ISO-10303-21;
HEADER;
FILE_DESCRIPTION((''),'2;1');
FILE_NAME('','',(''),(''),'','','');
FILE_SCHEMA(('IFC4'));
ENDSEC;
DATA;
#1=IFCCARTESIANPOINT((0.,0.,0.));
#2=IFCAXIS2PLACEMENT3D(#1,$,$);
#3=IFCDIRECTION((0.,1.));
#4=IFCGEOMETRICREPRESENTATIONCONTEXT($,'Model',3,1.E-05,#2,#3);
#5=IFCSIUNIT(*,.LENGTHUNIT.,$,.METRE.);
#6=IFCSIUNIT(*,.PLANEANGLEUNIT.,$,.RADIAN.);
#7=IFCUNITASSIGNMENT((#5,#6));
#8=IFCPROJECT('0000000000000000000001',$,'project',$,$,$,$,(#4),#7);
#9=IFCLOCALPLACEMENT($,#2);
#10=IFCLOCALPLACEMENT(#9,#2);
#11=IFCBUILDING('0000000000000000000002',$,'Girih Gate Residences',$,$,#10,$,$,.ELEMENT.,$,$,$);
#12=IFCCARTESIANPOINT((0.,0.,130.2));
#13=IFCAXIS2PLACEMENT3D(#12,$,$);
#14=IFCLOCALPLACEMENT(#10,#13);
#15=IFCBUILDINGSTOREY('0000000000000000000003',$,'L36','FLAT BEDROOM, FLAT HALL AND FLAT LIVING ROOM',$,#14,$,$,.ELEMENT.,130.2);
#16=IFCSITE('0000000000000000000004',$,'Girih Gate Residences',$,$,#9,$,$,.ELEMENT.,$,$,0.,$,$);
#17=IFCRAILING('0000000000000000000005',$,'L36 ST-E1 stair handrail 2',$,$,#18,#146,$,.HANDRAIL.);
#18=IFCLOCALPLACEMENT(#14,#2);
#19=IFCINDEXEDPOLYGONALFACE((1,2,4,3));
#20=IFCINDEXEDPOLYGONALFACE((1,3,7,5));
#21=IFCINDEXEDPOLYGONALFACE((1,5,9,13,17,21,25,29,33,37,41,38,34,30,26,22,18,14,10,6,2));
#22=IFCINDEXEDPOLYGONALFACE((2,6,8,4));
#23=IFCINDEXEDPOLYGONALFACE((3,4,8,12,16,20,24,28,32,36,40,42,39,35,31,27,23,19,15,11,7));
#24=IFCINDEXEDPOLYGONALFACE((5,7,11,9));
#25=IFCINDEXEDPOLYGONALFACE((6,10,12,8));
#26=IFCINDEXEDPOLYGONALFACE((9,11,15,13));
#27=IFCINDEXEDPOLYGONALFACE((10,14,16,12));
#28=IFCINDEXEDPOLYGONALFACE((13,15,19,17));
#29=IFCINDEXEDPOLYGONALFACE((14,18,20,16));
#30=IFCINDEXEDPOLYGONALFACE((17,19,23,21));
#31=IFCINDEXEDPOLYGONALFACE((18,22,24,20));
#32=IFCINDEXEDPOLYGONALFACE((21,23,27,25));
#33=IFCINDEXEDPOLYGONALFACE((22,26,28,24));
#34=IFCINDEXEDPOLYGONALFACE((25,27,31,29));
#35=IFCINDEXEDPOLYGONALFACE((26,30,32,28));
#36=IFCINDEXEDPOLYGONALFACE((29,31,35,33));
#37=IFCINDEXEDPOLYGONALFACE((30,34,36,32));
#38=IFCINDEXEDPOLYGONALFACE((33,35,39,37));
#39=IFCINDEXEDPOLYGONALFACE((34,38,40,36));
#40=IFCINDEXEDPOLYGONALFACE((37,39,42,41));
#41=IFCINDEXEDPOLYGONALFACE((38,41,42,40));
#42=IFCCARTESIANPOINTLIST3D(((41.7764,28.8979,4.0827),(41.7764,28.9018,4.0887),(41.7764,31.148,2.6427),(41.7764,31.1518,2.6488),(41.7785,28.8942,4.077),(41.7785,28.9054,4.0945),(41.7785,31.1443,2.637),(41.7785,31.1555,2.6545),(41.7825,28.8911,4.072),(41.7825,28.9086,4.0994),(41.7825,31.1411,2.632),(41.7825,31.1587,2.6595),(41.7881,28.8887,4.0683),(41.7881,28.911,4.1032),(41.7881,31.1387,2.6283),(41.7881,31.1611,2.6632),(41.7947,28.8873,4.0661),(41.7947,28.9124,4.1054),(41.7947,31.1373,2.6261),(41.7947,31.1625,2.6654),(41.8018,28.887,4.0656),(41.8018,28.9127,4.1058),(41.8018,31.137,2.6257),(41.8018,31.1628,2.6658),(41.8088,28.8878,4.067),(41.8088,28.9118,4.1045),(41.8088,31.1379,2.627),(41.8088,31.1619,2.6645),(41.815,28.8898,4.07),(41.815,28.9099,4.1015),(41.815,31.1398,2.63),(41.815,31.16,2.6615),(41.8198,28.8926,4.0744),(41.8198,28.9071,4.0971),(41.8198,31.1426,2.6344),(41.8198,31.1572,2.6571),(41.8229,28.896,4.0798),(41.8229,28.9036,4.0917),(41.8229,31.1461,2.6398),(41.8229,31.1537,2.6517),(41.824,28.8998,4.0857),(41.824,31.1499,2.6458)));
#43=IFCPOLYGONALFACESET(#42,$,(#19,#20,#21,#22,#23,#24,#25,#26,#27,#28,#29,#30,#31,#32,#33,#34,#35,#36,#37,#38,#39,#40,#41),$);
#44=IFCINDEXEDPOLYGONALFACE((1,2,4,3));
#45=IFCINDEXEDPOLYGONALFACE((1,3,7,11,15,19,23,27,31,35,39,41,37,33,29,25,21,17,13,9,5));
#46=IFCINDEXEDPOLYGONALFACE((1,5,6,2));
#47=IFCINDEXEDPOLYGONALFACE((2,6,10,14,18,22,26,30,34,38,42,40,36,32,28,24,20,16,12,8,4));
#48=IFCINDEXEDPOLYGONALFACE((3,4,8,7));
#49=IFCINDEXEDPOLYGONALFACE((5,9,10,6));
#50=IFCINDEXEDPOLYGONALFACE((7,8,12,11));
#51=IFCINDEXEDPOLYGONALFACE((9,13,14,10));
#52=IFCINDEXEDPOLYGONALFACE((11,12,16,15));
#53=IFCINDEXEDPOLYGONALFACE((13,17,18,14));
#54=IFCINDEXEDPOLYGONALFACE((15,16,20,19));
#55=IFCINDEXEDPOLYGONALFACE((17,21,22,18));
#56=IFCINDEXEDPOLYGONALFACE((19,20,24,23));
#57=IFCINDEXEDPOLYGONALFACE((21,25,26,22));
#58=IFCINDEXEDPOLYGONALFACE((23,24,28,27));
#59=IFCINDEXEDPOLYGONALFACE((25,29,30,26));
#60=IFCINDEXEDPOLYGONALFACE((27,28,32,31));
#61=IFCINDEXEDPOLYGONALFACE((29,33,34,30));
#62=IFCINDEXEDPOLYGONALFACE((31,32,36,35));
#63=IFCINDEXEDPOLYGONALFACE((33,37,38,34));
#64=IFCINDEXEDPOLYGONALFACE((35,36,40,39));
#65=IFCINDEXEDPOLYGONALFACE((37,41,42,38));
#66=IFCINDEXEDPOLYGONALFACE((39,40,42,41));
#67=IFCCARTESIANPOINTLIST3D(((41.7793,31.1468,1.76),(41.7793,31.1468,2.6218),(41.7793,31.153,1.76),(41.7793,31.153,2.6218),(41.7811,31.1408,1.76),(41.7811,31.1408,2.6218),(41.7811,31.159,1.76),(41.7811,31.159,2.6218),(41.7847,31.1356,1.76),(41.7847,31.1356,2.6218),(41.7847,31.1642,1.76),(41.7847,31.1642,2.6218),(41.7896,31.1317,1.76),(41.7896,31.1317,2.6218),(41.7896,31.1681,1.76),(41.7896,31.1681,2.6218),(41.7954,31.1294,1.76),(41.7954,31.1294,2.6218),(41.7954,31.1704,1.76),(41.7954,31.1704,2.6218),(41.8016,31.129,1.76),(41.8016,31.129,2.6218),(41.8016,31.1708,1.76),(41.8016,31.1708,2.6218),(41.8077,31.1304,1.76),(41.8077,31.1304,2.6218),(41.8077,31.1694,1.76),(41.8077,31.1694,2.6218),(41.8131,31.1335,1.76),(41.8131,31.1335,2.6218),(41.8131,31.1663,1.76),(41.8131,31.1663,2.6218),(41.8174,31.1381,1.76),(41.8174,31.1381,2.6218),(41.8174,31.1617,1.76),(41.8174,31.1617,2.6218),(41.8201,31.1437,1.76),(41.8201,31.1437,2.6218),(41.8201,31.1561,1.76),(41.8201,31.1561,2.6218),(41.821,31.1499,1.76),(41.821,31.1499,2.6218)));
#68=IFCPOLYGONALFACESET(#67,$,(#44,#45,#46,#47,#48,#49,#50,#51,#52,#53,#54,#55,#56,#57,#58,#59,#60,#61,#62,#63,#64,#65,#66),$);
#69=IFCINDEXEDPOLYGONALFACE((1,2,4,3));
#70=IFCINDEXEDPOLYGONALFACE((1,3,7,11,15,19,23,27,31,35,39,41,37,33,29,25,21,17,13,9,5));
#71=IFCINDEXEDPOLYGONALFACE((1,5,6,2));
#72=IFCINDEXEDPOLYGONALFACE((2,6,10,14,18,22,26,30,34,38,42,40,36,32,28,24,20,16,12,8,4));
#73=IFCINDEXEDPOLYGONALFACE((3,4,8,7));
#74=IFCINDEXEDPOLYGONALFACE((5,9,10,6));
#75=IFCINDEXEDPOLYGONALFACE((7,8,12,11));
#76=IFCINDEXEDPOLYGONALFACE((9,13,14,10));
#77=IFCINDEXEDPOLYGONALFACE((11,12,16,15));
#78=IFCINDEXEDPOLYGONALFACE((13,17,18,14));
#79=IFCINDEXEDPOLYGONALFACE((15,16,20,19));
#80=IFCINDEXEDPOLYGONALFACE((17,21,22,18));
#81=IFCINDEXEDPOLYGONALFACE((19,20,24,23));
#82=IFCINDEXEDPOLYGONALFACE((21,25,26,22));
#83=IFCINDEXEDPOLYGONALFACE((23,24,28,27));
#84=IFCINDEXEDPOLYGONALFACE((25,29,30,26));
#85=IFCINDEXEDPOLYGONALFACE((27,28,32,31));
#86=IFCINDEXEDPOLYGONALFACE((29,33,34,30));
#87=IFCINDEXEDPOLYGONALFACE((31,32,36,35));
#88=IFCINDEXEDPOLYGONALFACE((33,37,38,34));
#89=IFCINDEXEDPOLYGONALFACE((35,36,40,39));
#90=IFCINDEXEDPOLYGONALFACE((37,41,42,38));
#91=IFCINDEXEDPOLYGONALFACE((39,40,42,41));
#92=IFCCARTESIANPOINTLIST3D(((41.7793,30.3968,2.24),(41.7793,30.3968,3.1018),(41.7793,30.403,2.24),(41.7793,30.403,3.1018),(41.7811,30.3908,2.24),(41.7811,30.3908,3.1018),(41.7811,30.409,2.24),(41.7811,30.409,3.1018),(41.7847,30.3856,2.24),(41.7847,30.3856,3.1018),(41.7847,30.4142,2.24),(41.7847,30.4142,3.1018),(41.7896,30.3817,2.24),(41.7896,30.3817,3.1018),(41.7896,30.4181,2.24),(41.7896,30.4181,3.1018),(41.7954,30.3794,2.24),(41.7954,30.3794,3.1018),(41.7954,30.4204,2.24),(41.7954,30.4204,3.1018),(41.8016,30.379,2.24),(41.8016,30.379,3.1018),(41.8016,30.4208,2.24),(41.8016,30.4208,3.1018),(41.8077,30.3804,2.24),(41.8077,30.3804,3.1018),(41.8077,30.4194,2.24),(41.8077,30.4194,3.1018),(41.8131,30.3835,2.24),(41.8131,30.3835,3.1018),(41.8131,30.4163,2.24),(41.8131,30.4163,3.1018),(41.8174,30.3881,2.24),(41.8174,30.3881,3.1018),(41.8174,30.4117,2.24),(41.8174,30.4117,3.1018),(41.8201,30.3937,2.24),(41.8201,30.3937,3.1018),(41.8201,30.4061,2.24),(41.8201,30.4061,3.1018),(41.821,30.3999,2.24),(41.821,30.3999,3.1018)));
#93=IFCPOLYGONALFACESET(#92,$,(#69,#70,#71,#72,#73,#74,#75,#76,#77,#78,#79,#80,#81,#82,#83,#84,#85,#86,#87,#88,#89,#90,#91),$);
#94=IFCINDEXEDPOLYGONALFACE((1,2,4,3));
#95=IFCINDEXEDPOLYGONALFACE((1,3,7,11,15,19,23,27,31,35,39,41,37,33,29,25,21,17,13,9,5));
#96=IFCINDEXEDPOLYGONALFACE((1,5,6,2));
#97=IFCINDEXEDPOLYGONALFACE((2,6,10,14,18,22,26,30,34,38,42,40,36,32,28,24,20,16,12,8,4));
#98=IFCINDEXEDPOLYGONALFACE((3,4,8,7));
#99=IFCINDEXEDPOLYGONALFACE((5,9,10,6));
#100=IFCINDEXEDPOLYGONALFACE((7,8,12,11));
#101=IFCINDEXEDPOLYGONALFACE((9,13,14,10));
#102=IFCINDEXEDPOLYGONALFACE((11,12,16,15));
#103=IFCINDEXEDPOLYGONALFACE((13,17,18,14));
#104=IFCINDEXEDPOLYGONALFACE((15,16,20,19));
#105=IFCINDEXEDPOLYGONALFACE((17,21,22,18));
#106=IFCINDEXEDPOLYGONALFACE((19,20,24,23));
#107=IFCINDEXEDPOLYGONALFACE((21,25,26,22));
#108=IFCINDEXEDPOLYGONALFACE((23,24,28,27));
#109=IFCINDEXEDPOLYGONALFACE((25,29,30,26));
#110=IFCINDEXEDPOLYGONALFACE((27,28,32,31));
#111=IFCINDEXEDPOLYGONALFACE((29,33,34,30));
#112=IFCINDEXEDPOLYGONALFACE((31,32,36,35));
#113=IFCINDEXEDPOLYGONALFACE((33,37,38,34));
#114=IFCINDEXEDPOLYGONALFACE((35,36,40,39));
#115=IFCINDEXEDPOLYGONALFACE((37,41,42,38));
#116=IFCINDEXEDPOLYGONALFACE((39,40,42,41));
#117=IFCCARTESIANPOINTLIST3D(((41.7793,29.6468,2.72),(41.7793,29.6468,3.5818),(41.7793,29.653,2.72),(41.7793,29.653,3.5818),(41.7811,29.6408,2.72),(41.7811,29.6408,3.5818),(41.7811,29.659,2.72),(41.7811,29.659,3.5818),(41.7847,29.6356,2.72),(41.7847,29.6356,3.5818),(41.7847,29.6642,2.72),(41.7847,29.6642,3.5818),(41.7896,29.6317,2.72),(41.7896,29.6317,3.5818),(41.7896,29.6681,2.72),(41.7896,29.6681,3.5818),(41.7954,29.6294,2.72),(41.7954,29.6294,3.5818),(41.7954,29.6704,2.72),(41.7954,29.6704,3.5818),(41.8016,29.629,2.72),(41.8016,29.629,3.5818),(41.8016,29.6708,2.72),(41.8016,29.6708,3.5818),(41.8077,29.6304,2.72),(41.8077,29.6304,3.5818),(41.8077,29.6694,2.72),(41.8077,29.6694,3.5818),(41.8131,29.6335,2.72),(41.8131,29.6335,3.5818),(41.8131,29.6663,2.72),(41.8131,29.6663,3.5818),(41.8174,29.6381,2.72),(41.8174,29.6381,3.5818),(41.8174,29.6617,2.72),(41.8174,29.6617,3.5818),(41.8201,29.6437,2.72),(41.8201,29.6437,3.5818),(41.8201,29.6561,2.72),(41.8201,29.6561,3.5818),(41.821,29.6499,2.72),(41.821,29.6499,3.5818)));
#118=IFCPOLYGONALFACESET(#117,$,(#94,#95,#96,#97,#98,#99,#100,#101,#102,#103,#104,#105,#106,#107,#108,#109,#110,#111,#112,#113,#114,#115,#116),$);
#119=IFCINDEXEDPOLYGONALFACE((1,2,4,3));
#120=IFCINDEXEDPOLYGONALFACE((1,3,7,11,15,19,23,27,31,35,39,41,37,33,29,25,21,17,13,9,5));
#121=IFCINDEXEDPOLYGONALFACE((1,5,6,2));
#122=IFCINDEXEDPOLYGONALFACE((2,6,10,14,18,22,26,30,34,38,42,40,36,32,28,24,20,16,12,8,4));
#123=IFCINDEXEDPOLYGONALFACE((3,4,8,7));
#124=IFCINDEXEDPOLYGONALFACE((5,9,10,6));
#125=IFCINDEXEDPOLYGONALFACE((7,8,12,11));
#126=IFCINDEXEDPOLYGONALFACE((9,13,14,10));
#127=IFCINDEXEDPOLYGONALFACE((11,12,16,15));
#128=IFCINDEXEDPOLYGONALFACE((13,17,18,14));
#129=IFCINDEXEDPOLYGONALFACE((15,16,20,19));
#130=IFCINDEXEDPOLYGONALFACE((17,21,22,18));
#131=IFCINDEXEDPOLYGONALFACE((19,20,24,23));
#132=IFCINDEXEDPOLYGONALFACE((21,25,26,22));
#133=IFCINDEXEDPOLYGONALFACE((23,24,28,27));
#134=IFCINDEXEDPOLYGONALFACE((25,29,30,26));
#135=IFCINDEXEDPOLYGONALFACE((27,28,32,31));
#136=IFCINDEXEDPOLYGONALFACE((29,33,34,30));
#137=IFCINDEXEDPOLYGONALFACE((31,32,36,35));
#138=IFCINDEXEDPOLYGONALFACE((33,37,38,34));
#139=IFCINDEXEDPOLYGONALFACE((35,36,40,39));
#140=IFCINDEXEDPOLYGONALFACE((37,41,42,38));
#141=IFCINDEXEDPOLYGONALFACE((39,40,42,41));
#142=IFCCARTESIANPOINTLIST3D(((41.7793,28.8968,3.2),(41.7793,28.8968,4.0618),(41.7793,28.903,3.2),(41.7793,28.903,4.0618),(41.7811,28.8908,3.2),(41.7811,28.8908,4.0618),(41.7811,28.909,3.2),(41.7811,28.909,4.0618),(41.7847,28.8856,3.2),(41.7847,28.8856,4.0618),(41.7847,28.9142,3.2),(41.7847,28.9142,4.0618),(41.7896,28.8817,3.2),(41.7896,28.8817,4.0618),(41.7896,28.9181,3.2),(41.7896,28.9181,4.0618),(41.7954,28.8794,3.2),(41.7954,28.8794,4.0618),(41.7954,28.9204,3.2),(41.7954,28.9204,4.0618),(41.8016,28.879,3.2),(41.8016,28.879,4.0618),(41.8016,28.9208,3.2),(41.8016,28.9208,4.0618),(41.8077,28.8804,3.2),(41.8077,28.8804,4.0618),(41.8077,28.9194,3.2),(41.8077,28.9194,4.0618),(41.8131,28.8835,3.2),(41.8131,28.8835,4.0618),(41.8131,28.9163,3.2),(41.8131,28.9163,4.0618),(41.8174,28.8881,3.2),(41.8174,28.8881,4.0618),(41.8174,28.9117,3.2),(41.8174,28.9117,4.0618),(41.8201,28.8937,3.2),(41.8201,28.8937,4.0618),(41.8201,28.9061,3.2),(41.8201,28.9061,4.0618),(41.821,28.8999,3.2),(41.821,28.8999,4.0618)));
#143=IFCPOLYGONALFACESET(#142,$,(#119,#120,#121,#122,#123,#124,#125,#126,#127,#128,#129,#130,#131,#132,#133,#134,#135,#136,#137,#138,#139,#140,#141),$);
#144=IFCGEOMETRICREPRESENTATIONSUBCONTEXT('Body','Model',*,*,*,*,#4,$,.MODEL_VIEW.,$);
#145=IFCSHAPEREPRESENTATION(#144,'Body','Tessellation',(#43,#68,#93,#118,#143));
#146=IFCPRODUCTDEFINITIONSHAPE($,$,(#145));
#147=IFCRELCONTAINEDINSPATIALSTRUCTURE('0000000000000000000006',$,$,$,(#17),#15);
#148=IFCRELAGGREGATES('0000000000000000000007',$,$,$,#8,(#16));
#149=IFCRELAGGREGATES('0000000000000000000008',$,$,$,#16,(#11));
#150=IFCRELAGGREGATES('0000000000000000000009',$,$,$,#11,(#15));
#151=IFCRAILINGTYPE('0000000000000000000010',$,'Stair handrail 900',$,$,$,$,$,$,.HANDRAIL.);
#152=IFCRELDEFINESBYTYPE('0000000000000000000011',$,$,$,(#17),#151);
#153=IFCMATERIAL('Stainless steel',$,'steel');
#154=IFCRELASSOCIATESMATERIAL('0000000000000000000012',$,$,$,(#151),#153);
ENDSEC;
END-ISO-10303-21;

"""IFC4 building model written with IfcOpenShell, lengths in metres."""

from ifc_helpers import new_model, si_unit, direction, frame, origin, origin_2d, place, context, subcontext, project, spatial, circle, extrude, material, type_object, element, save


model = new_model("IFC4")

# Units and contexts
model_context = context("Model", 3, precision=1e-05, world=origin(), true_north=direction((0.0, 1.0)))
body_context = subcontext(model_context, "Body", "Model", "MODEL_VIEW")
ifc_project = project(units=[si_unit("LENGTHUNIT", "METRE"), si_unit("PLANEANGLEUNIT", "RADIAN")], contexts=[model_context])

# Site, building, storey
site_placement = place(None, origin())
site = spatial("IfcSite", under=ifc_project, at=site_placement, Name="Girih Gate Residences", CompositionType="ELEMENT", RefElevation=0.0)
building_placement = place(site_placement, origin())
building = spatial("IfcBuilding", under=site, at=building_placement, Name="Girih Gate Residences", CompositionType="ELEMENT")
storey_placement = place(building_placement, frame((0.0, 0.0, 130.2)))
storey = spatial("IfcBuildingStorey", under=building, at=storey_placement, Name="L36", Description="FLAT BEDROOM, FLAT HALL AND FLAT LIVING ROOM", CompositionType="ELEMENT", Elevation=130.2)

# Railing
ifc_material_1 = material(Name="Stainless steel", Category="steel")
railing_type_1 = type_object("IfcRailingType", Name="Stair handrail 900", PredefinedType="HANDRAIL", material=ifc_material_1)
railing_1_placement = place(storey_placement, frame((41.8, 31.1499, 1.76)))
element("IfcRailing", 1, at=railing_1_placement, inside=storey, type_object=railing_type_1, Name="L36 ST-E1 stair handrail 2", PredefinedType="HANDRAIL", context=body_context, shape_type="SweptSolid", body=[
    extrude(circle(Radius=0.0239, at=origin_2d()), frame((0.0, 0.0, 0.8857), z_axis=(0.0, -0.842281, 0.539038), x_axis=(1.0, 0.0, 0.0)), (0.0, 0.0, 1.0), 2.6714),
    extrude(circle(Radius=0.021, at=origin_2d()), origin(), (0.0, 0.0, 1.0), 0.8618),
    extrude(circle(Radius=0.021, at=origin_2d()), frame((0.0, -0.75, 0.48)), (0.0, 0.0, 1.0), 0.8618),
    extrude(circle(Radius=0.021, at=origin_2d()), frame((0.0, -1.5, 0.96)), (0.0, 0.0, 1.0), 0.8618),
    extrude(circle(Radius=0.021, at=origin_2d()), frame((0.0, -2.25, 1.4399)), (0.0, 0.0, 1.0), 0.8618),
])

save(model, "model.ifc")
